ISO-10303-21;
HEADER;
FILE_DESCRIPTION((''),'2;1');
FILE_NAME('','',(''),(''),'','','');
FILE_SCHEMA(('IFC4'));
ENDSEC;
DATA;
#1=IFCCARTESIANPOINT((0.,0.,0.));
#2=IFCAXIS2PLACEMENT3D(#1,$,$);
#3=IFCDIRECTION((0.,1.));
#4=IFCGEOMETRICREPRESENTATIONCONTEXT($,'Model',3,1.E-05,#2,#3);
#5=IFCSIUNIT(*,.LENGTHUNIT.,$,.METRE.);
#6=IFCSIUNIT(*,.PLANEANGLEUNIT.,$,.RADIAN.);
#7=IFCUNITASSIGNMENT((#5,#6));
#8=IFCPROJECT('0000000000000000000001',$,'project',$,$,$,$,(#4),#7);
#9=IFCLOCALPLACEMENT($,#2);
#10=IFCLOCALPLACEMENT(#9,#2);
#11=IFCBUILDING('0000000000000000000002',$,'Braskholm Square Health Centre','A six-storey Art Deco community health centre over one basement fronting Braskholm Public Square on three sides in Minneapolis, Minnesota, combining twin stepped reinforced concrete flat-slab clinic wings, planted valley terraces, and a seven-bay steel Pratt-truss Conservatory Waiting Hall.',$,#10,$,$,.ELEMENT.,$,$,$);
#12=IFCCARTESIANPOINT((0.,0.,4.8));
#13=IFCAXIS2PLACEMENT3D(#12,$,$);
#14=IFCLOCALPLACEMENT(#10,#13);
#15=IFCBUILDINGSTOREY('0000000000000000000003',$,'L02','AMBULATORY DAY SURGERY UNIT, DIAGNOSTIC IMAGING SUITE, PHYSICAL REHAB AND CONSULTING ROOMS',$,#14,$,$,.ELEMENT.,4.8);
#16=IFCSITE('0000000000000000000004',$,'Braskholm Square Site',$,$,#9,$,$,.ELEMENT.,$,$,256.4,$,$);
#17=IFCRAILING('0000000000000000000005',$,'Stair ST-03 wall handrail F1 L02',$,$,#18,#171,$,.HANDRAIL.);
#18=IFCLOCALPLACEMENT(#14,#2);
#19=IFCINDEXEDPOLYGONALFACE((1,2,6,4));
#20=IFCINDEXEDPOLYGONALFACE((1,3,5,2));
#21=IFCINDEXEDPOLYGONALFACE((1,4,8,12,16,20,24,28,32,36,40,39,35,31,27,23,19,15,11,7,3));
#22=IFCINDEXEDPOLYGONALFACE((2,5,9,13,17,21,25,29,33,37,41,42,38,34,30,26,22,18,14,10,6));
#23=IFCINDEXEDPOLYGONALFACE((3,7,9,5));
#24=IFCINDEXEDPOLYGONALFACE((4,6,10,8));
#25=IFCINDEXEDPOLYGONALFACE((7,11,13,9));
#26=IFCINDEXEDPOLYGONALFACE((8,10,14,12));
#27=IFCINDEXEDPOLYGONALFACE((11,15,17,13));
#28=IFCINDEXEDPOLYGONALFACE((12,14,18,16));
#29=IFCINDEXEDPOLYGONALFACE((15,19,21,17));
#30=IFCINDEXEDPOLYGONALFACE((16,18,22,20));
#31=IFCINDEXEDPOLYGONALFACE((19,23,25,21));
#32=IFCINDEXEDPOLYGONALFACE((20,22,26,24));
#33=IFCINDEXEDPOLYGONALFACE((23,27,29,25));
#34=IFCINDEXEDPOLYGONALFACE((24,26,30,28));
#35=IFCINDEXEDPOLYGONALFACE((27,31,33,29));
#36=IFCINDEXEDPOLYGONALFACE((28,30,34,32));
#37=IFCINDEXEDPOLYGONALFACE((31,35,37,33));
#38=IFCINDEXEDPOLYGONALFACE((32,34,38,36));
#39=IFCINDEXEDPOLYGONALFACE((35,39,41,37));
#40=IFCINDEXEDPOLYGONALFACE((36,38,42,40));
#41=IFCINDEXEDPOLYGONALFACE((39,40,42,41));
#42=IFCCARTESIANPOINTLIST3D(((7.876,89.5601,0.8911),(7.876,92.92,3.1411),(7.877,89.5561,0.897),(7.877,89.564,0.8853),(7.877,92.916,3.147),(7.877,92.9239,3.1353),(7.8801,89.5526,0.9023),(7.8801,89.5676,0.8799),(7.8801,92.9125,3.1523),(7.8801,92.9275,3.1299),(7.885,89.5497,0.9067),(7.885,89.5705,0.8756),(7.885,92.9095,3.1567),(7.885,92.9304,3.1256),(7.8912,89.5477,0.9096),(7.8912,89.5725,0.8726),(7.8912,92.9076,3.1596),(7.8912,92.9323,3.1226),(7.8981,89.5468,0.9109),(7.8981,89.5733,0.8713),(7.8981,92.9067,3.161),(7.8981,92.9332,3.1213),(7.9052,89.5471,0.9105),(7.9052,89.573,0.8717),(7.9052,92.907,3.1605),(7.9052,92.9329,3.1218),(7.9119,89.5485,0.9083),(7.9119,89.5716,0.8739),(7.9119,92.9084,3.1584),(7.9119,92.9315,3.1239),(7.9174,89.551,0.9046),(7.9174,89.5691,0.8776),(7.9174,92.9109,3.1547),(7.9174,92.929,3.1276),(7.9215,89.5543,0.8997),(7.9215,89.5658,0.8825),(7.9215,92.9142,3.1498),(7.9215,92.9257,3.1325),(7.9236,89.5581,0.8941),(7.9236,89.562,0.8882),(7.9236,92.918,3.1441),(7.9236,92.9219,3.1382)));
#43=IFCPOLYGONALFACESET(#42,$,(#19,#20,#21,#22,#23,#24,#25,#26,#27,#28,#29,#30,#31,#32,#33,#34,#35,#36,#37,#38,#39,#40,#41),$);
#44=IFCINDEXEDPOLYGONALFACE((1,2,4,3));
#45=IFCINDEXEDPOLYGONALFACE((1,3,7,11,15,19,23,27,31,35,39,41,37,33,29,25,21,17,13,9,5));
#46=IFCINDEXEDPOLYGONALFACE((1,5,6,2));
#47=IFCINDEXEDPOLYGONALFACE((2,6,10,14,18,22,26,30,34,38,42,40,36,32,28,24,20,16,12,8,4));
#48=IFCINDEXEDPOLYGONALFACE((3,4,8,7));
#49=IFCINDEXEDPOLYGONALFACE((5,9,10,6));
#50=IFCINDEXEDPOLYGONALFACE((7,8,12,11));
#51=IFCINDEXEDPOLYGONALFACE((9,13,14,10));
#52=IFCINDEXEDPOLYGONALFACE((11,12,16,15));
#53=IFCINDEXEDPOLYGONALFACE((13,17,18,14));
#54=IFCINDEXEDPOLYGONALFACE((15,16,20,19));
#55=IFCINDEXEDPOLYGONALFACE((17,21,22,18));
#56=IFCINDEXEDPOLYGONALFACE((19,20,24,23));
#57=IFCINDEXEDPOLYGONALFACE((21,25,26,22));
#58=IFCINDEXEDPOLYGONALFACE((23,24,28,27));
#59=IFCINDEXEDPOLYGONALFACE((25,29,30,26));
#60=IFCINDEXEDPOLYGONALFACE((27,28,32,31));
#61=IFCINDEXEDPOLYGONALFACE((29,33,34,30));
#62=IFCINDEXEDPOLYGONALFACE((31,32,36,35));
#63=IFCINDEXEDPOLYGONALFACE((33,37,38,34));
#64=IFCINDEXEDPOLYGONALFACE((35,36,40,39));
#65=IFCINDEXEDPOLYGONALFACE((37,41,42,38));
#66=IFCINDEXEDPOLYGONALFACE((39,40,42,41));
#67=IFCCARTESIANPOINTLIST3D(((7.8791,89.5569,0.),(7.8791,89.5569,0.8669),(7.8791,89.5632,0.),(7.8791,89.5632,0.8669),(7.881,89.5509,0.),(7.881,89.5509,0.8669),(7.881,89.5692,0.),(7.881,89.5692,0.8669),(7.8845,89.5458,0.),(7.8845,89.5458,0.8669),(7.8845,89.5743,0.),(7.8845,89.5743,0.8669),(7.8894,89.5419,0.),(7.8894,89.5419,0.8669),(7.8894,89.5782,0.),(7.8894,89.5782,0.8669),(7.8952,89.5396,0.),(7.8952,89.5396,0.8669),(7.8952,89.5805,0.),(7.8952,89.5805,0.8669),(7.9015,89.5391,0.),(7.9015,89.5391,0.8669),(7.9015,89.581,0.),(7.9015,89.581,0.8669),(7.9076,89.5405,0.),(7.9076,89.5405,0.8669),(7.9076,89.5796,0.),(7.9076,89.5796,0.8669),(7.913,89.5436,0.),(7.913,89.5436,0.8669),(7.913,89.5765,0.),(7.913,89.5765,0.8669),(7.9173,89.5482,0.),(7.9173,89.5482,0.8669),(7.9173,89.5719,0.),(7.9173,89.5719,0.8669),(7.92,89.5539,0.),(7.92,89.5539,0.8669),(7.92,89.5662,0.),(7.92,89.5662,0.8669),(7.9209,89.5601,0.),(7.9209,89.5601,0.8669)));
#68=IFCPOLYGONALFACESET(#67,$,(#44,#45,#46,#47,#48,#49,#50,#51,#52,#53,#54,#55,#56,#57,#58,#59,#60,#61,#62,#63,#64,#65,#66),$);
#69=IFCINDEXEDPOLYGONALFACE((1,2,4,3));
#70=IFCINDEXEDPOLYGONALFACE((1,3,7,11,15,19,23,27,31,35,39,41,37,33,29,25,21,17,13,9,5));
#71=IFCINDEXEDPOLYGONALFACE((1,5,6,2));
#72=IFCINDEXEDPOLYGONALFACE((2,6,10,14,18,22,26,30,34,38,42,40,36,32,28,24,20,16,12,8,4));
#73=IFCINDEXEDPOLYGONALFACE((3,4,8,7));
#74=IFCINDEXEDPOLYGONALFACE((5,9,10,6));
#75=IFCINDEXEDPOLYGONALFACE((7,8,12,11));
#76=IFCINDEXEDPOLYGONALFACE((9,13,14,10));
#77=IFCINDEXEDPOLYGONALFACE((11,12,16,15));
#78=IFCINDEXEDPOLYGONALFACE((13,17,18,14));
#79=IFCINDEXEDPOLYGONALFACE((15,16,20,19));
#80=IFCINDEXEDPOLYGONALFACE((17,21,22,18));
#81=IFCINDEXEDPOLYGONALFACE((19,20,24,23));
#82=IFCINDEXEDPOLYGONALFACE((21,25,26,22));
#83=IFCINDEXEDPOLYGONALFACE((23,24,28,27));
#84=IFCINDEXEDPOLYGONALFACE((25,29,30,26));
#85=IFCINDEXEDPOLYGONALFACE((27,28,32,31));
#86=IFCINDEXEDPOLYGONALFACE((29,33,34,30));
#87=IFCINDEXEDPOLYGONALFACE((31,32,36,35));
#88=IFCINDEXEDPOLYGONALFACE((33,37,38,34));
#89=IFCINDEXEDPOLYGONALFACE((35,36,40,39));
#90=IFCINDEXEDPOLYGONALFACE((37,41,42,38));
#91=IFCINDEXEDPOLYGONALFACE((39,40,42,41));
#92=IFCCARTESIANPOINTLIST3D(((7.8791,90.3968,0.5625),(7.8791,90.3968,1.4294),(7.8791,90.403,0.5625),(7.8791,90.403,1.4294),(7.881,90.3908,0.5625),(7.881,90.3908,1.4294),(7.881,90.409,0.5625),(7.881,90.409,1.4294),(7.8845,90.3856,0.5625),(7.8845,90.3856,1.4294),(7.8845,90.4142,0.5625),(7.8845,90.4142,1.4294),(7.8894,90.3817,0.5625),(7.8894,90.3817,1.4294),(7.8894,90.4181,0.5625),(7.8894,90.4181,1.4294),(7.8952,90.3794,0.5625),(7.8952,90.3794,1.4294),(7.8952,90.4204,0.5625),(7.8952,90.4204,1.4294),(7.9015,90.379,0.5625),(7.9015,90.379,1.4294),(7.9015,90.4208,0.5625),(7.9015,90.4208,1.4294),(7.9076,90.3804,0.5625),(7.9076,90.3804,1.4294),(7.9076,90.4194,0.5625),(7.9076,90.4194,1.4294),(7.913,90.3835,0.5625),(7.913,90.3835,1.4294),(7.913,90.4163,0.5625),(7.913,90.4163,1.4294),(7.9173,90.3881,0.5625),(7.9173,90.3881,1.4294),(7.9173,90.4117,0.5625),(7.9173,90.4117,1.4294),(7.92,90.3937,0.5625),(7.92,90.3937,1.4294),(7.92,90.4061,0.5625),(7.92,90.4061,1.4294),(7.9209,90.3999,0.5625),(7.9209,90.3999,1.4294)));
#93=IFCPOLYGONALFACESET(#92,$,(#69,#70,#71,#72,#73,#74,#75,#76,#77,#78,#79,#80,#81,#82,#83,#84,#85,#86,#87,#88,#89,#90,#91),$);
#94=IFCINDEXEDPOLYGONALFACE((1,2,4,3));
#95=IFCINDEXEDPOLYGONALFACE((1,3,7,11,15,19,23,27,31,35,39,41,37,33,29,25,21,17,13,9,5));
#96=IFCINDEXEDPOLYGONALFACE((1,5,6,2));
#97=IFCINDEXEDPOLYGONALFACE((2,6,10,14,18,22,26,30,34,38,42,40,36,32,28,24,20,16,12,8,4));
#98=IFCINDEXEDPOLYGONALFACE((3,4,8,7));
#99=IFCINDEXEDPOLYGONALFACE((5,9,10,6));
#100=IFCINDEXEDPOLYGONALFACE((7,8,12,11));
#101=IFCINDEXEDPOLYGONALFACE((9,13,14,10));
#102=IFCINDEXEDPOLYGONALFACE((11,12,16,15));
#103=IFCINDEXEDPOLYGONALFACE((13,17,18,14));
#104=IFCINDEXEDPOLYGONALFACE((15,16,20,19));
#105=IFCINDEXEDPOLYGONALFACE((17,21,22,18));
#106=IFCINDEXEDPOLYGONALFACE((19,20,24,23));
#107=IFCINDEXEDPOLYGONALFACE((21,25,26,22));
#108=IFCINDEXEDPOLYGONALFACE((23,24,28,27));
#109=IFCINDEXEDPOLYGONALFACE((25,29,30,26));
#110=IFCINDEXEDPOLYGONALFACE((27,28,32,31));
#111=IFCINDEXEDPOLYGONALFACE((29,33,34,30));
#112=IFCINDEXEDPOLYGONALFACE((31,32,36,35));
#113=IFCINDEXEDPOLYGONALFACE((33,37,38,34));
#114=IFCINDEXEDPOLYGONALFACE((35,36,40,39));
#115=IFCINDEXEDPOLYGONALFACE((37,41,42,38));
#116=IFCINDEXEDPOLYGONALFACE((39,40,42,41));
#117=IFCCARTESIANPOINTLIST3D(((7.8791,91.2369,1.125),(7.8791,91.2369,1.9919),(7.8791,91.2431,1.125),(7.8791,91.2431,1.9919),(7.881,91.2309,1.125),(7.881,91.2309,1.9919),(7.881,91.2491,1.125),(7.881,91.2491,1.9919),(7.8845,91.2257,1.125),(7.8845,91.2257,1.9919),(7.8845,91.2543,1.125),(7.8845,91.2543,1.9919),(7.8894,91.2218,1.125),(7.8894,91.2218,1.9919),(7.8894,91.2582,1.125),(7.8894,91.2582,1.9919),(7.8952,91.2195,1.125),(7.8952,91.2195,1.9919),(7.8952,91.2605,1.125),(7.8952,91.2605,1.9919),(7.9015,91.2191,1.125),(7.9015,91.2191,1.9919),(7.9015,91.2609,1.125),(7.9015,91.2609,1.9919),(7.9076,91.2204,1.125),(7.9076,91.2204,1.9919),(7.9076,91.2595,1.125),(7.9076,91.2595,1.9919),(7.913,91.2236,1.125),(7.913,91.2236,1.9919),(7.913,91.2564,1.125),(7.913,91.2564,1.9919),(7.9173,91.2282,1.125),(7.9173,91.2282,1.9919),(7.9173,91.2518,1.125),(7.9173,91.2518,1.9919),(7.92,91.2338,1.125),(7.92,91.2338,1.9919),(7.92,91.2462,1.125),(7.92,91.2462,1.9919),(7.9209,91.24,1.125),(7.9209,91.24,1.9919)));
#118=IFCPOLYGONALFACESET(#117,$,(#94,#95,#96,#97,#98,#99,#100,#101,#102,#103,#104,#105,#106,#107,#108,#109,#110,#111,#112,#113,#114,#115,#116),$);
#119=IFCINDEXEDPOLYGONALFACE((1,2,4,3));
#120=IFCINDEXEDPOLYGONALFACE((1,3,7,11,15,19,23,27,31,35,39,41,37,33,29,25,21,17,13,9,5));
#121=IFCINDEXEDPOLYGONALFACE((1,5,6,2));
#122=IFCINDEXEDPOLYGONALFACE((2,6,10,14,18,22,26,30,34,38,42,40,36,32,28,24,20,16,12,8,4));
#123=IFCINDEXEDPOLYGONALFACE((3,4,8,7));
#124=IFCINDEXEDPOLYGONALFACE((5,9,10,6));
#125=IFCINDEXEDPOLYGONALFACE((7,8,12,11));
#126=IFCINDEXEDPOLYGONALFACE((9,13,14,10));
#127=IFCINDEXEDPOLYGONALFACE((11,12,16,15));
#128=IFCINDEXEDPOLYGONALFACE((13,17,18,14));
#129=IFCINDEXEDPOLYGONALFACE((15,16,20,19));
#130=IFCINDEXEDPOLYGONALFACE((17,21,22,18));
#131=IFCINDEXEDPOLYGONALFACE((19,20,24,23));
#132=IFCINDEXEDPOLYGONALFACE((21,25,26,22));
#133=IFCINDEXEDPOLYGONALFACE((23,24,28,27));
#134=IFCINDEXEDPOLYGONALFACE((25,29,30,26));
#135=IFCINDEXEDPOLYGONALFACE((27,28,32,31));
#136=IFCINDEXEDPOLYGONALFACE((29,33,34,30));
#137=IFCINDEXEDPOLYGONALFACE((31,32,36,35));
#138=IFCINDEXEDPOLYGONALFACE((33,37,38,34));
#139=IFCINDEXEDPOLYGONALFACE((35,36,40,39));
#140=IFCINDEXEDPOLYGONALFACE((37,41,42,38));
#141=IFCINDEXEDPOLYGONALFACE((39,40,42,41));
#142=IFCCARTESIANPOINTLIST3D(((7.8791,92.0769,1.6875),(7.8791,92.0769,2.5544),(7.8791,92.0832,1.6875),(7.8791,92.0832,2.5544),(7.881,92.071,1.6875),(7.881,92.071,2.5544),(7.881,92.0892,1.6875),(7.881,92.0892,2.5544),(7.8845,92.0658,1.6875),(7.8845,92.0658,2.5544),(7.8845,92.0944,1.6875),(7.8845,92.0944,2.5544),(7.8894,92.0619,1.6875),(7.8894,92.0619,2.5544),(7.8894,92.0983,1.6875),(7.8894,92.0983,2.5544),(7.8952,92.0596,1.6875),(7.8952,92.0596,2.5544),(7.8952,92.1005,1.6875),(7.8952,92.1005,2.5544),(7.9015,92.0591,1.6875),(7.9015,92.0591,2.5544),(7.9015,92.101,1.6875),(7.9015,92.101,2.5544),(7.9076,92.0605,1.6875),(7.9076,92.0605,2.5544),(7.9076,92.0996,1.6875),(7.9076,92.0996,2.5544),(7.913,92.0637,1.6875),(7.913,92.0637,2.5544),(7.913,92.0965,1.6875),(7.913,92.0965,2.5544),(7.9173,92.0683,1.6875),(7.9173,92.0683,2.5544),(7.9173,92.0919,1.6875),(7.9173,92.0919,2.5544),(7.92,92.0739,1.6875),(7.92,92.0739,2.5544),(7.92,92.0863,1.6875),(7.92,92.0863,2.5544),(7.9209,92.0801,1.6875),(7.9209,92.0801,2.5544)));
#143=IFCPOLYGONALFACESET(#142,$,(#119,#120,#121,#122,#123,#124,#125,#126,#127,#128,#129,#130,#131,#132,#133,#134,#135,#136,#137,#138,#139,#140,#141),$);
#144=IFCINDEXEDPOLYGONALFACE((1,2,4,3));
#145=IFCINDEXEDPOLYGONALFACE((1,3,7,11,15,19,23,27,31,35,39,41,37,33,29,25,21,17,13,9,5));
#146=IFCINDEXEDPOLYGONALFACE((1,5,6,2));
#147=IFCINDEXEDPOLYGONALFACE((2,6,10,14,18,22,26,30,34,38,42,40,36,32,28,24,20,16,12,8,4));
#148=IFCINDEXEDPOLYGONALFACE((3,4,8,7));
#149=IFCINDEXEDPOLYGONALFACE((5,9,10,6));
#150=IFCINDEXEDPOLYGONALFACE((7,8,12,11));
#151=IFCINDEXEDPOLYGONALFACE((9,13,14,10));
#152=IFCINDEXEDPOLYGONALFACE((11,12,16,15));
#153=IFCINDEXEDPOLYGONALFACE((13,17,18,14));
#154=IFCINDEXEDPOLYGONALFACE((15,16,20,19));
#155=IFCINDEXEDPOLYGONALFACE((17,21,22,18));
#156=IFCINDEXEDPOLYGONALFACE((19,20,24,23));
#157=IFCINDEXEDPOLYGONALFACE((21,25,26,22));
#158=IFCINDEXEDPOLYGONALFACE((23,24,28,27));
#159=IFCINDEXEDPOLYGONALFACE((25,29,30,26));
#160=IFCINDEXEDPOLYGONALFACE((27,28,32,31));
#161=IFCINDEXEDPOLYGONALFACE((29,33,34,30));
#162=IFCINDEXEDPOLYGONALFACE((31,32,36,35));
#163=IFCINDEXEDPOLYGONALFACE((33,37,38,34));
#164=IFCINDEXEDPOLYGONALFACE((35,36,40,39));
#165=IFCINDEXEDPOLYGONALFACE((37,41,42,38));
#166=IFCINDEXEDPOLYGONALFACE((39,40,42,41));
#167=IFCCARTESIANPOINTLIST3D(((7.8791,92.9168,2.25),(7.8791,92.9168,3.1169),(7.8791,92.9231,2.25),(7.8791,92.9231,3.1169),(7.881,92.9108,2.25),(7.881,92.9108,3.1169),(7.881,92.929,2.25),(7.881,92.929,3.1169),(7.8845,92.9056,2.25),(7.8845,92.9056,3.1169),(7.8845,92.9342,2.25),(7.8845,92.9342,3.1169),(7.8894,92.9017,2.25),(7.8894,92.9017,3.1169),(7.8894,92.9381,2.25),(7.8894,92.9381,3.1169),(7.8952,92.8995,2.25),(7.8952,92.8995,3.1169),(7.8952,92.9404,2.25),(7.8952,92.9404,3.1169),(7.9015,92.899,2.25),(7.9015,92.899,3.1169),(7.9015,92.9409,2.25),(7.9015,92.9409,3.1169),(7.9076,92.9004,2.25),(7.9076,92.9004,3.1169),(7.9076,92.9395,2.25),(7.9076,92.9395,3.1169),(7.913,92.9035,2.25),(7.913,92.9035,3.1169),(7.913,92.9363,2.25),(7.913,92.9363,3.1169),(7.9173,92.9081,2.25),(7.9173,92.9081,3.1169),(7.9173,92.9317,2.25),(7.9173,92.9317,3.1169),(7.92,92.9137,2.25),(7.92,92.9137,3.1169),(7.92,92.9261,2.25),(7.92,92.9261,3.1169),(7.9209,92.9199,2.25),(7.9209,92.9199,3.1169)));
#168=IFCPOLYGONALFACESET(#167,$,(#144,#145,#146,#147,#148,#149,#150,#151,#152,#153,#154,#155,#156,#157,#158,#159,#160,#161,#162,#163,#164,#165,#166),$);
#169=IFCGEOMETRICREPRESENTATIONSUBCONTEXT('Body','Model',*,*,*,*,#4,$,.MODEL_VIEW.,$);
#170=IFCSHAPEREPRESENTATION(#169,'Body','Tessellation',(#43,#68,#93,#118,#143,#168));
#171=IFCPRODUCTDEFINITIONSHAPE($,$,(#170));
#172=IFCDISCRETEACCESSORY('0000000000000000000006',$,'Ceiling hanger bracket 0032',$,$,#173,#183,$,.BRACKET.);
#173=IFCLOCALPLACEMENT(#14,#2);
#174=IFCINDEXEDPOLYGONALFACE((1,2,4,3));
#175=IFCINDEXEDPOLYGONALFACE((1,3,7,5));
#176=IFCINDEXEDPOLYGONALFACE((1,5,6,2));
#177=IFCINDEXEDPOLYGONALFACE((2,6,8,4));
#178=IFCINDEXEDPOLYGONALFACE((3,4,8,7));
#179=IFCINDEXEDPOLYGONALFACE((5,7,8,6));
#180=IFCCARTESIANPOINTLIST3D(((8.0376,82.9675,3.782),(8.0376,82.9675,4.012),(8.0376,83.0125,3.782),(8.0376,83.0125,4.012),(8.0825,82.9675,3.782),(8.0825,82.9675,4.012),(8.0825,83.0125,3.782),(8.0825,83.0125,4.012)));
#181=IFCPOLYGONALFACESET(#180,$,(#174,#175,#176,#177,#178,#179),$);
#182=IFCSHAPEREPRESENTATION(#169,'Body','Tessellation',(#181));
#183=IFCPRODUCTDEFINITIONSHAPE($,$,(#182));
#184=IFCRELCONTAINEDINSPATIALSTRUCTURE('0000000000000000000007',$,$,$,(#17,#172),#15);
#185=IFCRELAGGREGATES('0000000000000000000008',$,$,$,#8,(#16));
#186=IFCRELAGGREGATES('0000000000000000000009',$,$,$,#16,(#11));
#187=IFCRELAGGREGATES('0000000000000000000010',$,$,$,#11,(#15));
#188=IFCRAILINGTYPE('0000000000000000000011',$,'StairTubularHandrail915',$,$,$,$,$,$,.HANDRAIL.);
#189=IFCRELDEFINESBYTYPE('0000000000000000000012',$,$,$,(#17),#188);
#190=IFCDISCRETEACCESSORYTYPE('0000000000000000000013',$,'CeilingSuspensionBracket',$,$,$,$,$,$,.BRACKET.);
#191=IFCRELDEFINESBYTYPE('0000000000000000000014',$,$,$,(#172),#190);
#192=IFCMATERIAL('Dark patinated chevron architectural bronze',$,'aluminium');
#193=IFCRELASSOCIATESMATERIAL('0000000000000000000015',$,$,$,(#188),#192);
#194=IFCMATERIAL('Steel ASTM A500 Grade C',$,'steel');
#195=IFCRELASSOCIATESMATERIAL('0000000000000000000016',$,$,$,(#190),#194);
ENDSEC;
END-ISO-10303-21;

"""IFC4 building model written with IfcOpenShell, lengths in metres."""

from ifc_helpers import new_model, si_unit, direction, frame, origin, origin_2d, place, context, subcontext, project, spatial, rectangle, circle, extrude, material, type_object, element, save


model = new_model("IFC4")

# Units and contexts
model_context = context("Model", 3, precision=1e-05, world=origin(), true_north=direction((0.0, 1.0)))
body_context = subcontext(model_context, "Body", "Model", "MODEL_VIEW")
ifc_project = project(units=[si_unit("LENGTHUNIT", "METRE"), si_unit("PLANEANGLEUNIT", "RADIAN")], contexts=[model_context])

# Site, building, storey
site_placement = place(None, origin())
site = spatial("IfcSite", under=ifc_project, at=site_placement, Name="Braskholm Square Site", CompositionType="ELEMENT", RefElevation=256.4)
building_placement = place(site_placement, origin())
building = spatial("IfcBuilding", under=site, at=building_placement, Name="Braskholm Square Health Centre", Description="A six-storey Art Deco community health centre over one basement fronting Braskholm Public Square on three sides in Minneapolis, Minnesota, combining twin stepped reinforced concrete flat-slab clinic wings, planted valley terraces, and a seven-bay steel Pratt-truss Conservatory Waiting Hall.", CompositionType="ELEMENT")
storey_placement = place(building_placement, frame((0.0, 0.0, 4.8)))
storey = spatial("IfcBuildingStorey", under=building, at=storey_placement, Name="L02", Description="AMBULATORY DAY SURGERY UNIT, DIAGNOSTIC IMAGING SUITE, PHYSICAL REHAB AND CONSULTING ROOMS", CompositionType="ELEMENT", Elevation=4.8)

# Railing
ifc_material_1 = material(Name="Dark patinated chevron architectural bronze", Category="aluminium")
railing_type_1 = type_object("IfcRailingType", Name="StairTubularHandrail915", PredefinedType="HANDRAIL", material=ifc_material_1)
railing_1_placement = place(storey_placement, frame((7.8999, 89.5601, 0.0)))
element("IfcRailing", 1, at=railing_1_placement, inside=storey, type_object=railing_type_1, Name="Stair ST-03 wall handrail F1 L02", PredefinedType="HANDRAIL", context=body_context, shape_type="SweptSolid", body=[
    extrude(circle(Radius=0.0239, at=origin_2d()), frame((0.0, 0.0, 0.8911), z_axis=(0.0, 0.830897, 0.556427), x_axis=(-1.0, 0.0, 0.0)), (0.0, 0.0, 1.0), 4.0437),
    extrude(circle(Radius=0.021, at=origin_2d()), origin(), (0.0, 0.0, 1.0), 0.8669),
    extrude(circle(Radius=0.021, at=origin_2d()), frame((0.0, 0.8398, 0.5625)), (0.0, 0.0, 1.0), 0.8669),
    extrude(circle(Radius=0.021, at=origin_2d()), frame((0.0, 1.6799, 1.125)), (0.0, 0.0, 1.0), 0.8669),
    extrude(circle(Radius=0.021, at=origin_2d()), frame((0.0, 2.52, 1.6875)), (0.0, 0.0, 1.0), 0.8669),
    extrude(circle(Radius=0.021, at=origin_2d()), frame((0.0, 3.3599, 2.25)), (0.0, 0.0, 1.0), 0.8669),
])

# Discrete accessory
ifc_material_2 = material(Name="Steel ASTM A500 Grade C", Category="steel")
discrete_accessory_type = type_object("IfcDiscreteAccessoryType", Name="CeilingSuspensionBracket", PredefinedType="BRACKET", material=ifc_material_2)
discrete_accessory_placement = place(storey_placement, frame((8.0601, 82.99, 3.782), z_axis=(0.0, 0.0, 1.0), x_axis=(1.0, 0.0, 0.0)))
element("IfcDiscreteAccessory", 2, at=discrete_accessory_placement, inside=storey, type_object=discrete_accessory_type, Name="Ceiling hanger bracket 0032", PredefinedType="BRACKET", context=body_context, shape_type="SweptSolid", body=[
    extrude(rectangle(XDim=0.0449, YDim=0.0449, at=origin_2d()), origin(), (0.0, 0.0, 1.0), 0.23),
])

save(model, "model.ifc")
